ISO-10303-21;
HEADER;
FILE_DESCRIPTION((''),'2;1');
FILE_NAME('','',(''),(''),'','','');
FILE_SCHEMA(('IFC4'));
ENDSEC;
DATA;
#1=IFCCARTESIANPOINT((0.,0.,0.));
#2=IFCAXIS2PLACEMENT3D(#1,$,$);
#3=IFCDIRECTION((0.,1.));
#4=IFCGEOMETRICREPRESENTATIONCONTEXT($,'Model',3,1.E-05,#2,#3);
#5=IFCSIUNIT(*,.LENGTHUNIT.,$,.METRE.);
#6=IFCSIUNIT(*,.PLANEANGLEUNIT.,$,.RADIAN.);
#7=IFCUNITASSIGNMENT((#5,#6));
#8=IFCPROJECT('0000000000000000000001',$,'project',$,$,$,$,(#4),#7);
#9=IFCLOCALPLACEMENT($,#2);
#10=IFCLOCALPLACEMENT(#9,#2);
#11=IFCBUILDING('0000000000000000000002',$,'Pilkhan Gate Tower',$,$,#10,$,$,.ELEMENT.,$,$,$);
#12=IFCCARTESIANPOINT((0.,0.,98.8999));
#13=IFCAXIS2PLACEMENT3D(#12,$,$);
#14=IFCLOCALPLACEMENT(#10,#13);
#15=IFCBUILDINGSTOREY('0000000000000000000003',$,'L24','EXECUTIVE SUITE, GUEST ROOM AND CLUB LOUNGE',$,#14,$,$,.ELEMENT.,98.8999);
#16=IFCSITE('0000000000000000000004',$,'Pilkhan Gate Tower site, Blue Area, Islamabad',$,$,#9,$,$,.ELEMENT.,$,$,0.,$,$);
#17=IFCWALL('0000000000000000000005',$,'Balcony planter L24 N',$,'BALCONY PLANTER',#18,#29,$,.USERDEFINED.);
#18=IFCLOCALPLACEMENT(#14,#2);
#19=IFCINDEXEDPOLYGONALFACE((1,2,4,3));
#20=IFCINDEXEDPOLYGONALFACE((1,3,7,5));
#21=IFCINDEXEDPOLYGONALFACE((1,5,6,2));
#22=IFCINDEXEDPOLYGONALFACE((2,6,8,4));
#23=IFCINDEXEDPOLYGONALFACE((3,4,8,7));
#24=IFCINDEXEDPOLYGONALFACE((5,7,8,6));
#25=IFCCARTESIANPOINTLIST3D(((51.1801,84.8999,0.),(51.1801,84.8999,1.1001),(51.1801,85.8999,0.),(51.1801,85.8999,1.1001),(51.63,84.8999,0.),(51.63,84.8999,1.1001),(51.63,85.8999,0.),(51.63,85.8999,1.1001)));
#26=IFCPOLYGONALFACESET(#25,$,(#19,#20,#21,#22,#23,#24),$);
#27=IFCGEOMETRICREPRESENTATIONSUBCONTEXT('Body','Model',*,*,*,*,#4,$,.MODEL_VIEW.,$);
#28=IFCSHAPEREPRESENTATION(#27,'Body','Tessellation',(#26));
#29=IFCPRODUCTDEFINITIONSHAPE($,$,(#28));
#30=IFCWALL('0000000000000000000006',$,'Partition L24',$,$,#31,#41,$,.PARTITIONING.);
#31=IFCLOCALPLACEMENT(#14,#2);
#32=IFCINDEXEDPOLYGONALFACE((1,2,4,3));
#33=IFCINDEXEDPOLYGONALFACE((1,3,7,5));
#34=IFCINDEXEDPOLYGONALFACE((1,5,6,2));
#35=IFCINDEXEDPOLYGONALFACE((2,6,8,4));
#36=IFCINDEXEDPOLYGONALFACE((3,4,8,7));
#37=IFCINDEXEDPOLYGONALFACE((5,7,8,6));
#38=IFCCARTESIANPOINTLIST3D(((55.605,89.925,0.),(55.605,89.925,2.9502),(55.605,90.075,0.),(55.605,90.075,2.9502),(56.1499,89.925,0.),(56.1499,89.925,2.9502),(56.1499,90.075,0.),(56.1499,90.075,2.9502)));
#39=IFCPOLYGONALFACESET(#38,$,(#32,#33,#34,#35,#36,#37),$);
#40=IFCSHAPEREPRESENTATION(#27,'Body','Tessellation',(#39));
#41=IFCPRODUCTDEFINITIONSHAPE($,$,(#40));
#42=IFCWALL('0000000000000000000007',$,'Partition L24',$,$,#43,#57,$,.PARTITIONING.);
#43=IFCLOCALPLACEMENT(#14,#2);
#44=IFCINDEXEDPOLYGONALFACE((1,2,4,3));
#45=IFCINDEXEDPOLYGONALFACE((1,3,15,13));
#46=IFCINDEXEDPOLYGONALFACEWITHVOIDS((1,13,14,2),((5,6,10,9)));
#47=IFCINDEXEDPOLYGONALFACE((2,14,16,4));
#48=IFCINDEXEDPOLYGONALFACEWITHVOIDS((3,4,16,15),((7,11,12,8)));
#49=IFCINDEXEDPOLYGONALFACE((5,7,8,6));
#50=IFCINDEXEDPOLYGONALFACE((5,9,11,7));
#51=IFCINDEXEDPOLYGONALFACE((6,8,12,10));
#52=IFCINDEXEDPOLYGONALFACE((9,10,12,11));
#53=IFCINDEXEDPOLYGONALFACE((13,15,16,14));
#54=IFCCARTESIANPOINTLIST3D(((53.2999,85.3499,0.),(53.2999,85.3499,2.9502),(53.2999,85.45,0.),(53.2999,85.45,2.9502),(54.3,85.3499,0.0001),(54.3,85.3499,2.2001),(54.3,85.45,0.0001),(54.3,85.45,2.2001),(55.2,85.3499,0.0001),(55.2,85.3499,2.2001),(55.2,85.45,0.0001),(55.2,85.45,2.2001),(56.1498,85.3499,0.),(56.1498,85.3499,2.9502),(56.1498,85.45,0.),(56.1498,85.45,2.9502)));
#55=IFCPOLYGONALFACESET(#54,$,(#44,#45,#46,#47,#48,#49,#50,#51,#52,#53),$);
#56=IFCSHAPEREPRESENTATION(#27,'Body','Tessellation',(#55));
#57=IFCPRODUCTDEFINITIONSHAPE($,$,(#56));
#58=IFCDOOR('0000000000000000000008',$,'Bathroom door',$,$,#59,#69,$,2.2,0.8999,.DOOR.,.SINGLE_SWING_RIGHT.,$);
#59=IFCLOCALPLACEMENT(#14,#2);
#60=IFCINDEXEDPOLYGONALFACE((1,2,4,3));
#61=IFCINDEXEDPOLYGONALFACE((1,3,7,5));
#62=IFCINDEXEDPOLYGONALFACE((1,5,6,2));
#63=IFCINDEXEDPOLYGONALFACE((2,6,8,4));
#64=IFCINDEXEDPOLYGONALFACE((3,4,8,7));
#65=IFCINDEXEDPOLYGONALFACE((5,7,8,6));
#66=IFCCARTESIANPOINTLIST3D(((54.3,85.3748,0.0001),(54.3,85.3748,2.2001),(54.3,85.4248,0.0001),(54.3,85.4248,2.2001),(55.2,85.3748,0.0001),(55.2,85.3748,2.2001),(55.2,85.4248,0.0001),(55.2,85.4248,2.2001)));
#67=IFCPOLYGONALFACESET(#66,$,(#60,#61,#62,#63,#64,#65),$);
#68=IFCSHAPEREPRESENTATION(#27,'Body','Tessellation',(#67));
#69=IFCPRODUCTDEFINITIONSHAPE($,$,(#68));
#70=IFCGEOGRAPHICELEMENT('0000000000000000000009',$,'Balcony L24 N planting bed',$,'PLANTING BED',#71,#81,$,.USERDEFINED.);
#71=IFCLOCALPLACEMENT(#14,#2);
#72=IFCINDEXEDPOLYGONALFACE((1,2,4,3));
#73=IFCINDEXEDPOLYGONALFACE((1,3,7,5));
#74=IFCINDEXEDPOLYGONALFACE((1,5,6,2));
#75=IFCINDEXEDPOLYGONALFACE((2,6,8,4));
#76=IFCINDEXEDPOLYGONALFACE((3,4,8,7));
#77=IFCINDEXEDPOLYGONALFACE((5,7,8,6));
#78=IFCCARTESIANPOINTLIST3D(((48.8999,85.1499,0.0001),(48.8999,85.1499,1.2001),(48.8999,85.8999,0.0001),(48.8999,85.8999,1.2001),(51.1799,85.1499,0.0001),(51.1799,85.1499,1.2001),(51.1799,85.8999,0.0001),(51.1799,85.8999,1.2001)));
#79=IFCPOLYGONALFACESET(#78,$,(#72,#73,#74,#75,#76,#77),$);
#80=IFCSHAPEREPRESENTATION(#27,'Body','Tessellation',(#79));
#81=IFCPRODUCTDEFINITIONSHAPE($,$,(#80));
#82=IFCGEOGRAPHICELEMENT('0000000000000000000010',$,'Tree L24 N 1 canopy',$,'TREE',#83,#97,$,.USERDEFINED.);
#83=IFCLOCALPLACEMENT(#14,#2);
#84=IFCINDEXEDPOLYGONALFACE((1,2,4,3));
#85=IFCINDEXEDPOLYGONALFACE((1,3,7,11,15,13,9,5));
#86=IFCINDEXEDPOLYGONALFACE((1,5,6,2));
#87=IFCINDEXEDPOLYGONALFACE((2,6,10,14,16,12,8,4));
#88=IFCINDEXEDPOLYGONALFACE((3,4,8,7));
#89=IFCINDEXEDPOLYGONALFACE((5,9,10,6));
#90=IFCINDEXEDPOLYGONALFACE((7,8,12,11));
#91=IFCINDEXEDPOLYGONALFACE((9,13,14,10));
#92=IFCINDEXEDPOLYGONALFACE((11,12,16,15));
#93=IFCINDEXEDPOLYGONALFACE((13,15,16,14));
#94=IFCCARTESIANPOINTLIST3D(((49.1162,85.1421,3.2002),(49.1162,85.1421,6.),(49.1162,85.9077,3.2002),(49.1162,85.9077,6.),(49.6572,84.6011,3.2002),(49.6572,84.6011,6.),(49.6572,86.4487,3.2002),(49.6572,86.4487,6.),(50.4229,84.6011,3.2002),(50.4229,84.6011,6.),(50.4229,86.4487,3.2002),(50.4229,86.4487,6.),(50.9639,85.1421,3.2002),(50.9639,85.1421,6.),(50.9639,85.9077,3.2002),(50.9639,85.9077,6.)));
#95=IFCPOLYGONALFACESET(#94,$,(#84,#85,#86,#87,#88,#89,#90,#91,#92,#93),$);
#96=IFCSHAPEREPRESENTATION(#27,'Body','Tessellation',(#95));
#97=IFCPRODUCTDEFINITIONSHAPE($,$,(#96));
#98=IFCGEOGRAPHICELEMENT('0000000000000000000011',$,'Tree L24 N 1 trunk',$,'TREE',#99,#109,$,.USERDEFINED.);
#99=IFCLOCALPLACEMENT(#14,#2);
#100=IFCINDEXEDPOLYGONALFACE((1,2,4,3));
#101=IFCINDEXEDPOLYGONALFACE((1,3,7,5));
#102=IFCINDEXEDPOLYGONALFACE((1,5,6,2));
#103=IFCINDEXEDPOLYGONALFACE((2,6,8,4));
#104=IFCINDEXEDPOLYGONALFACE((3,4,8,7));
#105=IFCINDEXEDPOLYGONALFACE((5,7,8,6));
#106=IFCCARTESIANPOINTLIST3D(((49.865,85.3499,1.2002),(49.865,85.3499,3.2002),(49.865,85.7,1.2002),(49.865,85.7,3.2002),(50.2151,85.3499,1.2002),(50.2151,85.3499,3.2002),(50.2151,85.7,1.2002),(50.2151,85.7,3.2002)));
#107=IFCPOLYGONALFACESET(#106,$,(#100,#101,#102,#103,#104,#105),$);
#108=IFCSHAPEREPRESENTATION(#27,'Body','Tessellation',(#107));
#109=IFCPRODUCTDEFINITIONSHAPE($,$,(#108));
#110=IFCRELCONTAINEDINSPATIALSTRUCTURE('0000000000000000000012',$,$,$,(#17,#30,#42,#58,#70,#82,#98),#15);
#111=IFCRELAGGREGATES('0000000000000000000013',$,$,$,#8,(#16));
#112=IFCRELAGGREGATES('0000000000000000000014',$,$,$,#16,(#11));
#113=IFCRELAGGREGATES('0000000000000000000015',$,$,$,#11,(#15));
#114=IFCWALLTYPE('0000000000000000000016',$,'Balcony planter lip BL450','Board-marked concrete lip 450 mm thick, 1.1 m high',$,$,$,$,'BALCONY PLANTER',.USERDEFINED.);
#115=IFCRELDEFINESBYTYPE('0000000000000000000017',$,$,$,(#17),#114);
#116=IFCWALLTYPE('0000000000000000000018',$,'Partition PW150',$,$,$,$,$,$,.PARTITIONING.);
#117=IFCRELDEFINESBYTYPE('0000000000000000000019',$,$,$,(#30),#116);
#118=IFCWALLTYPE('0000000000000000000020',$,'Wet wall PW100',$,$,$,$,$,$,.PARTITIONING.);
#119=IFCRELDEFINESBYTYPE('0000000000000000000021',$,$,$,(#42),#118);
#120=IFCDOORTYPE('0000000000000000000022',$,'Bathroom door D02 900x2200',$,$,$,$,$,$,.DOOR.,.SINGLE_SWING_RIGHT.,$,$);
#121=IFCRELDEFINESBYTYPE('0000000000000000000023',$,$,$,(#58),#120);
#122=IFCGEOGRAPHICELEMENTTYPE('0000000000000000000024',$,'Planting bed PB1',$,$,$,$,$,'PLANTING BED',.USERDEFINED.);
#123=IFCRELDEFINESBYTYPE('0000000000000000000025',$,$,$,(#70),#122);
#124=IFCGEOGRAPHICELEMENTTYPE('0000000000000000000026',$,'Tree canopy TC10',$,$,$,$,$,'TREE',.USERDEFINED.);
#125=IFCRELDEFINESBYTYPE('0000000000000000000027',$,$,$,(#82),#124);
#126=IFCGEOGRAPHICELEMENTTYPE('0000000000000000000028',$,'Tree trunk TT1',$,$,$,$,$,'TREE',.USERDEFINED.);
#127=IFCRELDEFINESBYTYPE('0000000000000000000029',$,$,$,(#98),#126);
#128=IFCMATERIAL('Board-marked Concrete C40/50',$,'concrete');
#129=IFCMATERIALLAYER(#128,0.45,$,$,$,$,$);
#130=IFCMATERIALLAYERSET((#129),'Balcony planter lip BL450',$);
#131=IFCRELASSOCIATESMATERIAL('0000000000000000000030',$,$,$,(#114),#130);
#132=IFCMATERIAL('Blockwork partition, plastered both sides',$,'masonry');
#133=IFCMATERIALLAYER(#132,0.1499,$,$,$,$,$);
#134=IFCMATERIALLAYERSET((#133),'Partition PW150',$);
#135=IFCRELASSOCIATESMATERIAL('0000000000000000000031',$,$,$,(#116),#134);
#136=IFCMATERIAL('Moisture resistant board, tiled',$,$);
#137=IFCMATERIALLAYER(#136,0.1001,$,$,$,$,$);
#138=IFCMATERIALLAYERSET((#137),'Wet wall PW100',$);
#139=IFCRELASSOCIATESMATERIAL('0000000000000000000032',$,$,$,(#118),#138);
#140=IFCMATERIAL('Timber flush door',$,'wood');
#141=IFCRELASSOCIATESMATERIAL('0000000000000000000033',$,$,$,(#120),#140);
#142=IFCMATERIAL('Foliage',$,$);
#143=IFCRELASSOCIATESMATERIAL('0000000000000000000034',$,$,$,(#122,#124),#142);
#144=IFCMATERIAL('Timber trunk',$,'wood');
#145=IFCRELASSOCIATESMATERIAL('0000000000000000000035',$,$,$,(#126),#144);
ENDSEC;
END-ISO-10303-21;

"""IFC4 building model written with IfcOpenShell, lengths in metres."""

from ifc_helpers import new_model, si_unit, direction, frame, frame_2d, origin, origin_2d, place, context, subcontext, project, spatial, polyline, rectangle, outline, extrude, material, layer, layer_set, material_profile, profile_set, type_object, element, fill, save


model = new_model("IFC4")

# Units and contexts
model_context = context("Model", 3, precision=1e-05, world=origin(), true_north=direction((0.0, 1.0)))
body_context = subcontext(model_context, "Body", "Model", "MODEL_VIEW")
ifc_project = project(units=[si_unit("LENGTHUNIT", "METRE"), si_unit("PLANEANGLEUNIT", "RADIAN")], contexts=[model_context])

# Site, building, storey
site_placement = place(None, origin())
site = spatial("IfcSite", under=ifc_project, at=site_placement, Name="Pilkhan Gate Tower site, Blue Area, Islamabad", CompositionType="ELEMENT", RefElevation=0.0)
building_placement = place(site_placement, origin())
building = spatial("IfcBuilding", under=site, at=building_placement, Name="Pilkhan Gate Tower", CompositionType="ELEMENT")
storey_placement = place(building_placement, frame((0.0, 0.0, 98.8999)))
storey = spatial("IfcBuildingStorey", under=building, at=storey_placement, Name="L24", Description="EXECUTIVE SUITE, GUEST ROOM AND CLUB LOUNGE", CompositionType="ELEMENT", Elevation=98.8999)

# Wall
ifc_material_1 = material(Name="Board-marked Concrete C40/50", Category="concrete")
ifc_layer_1 = layer(ifc_material_1, 0.45)
ifc_layer_set_1 = layer_set([ifc_layer_1], Name="Balcony planter lip BL450")
wall_type_1 = type_object("IfcWallType", Name="Balcony planter lip BL450", Description="Board-marked concrete lip 450 mm thick, 1.1 m high", ElementType="BALCONY PLANTER", PredefinedType="USERDEFINED", material=ifc_layer_set_1)
for number, where, z_axis, x_axis, name in (
    (1, (51.405, 84.8999, 0.0), (0.0, 0.0, 1.0), (0.0, 1.0, 0.0), "Balcony planter L24 N"),
):
    element("IfcWall", number, at=place(storey_placement, frame(where, z_axis=z_axis, x_axis=x_axis)), inside=storey, type_object=wall_type_1, Name=name, ObjectType="BALCONY PLANTER", PredefinedType="USERDEFINED", context=body_context, shape_type="SweptSolid", body=[
        extrude(rectangle(XDim=1.0, YDim=0.45, at=frame_2d((0.5, 0.0))), origin(), (0.0, 0.0, 1.0), 1.1001),
    ])

# Wall
ifc_material_2 = material(Name="Blockwork partition, plastered both sides", Category="masonry")
ifc_layer_2 = layer(ifc_material_2, 0.1499)
ifc_layer_set_2 = layer_set([ifc_layer_2], Name="Partition PW150")
wall_type_2 = type_object("IfcWallType", Name="Partition PW150", PredefinedType="PARTITIONING", material=ifc_layer_set_2)
wall_1_placement = place(storey_placement, frame((55.605, 90.0, 0.0), z_axis=(0.0, 0.0, 1.0), x_axis=(1.0, 0.0, 0.0)))
element("IfcWall", 2, at=wall_1_placement, inside=storey, type_object=wall_type_2, Name="Partition L24", PredefinedType="PARTITIONING", context=body_context, shape_type="SweptSolid", body=[
    extrude(rectangle(XDim=0.5449, YDim=0.1499, at=frame_2d((0.2725, 0.0))), origin(), (0.0, 0.0, 1.0), 2.9502),
])

# Wall, opening, door
ifc_material_3 = material(Name="Moisture resistant board, tiled")
ifc_layer_3 = layer(ifc_material_3, 0.1001)
ifc_layer_set_3 = layer_set([ifc_layer_3], Name="Wet wall PW100")
wall_type_3 = type_object("IfcWallType", Name="Wet wall PW100", PredefinedType="PARTITIONING", material=ifc_layer_set_3)
wall_2_placement = place(storey_placement, frame((53.3, 85.3999, 0.0), z_axis=(0.0, 0.0, 1.0), x_axis=(1.0, 0.0, 0.0)))
wall_2 = element("IfcWall", 3, at=wall_2_placement, inside=storey, type_object=wall_type_3, Name="Partition L24", PredefinedType="PARTITIONING", context=body_context, shape_type="SweptSolid", body=[
    extrude(rectangle(XDim=2.8499, YDim=0.1001, at=frame_2d((1.4248, 0.0))), origin(), (0.0, 0.0, 1.0), 2.9502),
])
opening_1_placement = place(wall_2_placement, frame((1.0, 0.0, 0.0)))
opening_1 = element("IfcOpeningElement", 4, at=opening_1_placement, cuts=wall_2, PredefinedType="OPENING", context=body_context, shape_type="SweptSolid", body=[
    extrude(rectangle(XDim=0.8999, YDim=2.2, at=frame_2d((0.45, 1.1001))), frame((0.0, 0.0601, 0.0), z_axis=(0.0, -1.0, 0.0), x_axis=(1.0, 0.0, 0.0)), (0.0, 0.0, 1.0), 0.1201),
])
ifc_material_4 = material(Name="Timber flush door", Category="wood")
door_type_1 = type_object("IfcDoorType", Name="Bathroom door D02 900x2200", OperationType="SINGLE_SWING_RIGHT", PredefinedType="DOOR", material=ifc_material_4)
door_1_placement = place(opening_1_placement, origin())
door_1 = element("IfcDoor", 5, at=door_1_placement, inside=storey, type_object=door_type_1, Name="Bathroom door", OperationType="SINGLE_SWING_RIGHT", OverallHeight=2.2, OverallWidth=0.8999, PredefinedType="DOOR", context=body_context, shape_type="SweptSolid", body=[
    extrude(rectangle(XDim=0.8999, YDim=2.2, at=frame_2d((0.45, 1.1001))), frame((0.0, 0.0249, 0.0), z_axis=(0.0, -1.0, 0.0), x_axis=(1.0, 0.0, 0.0)), (0.0, 0.0, 1.0), 0.05),
])
fill(opening_1, door_1)

# Geographic elements
ifc_material_5 = material(Name="Foliage")
ifc_material_profile_1 = material_profile(ifc_material_5, rectangle(XDim=0.75, YDim=1.2, at=origin_2d()), Name="Bed 750x1200")
ifc_profile_set_1 = profile_set([ifc_material_profile_1], Name="Foliage")
geographic_element_type_1 = type_object("IfcGeographicElementType", Name="Planting bed PB1", ElementType="PLANTING BED", PredefinedType="USERDEFINED", material=ifc_profile_set_1)
geographic_element_1_placement = place(storey_placement, frame((48.8999, 85.5249, 0.6001), z_axis=(1.0, 0.0, 0.0), x_axis=(0.0, 1.0, 0.0)))
element("IfcGeographicElement", 6, at=geographic_element_1_placement, inside=storey, type_object=geographic_element_type_1, Name="Balcony L24 N planting bed", ObjectType="PLANTING BED", PredefinedType="USERDEFINED", context=body_context, shape_type="SweptSolid", body=[
    extrude(rectangle(XDim=0.75, YDim=1.2, at=origin_2d()), origin(), (0.0, 0.0, 1.0), 2.28),
])
ifc_material_profile_2 = material_profile(ifc_material_5, outline(polyline([(0.9238, 0.3828), (0.3828, 0.9238), (-0.3828, 0.9238), (-0.9238, 0.3828), (-0.9238, -0.3828), (-0.3828, -0.9238), (0.3828, -0.9238), (0.9238, -0.3828), (0.9238, 0.3828)])), Name="Canopy D2.0")
ifc_profile_set_2 = profile_set([ifc_material_profile_2], Name="Foliage")
geographic_element_type_2 = type_object("IfcGeographicElementType", Name="Tree canopy TC10", ElementType="TREE", PredefinedType="USERDEFINED", material=ifc_profile_set_2)
geographic_element_2_placement = place(storey_placement, frame((50.04, 85.5249, 3.2002), z_axis=(0.0, 0.0, 1.0), x_axis=(1.0, 0.0, 0.0)))
element("IfcGeographicElement", 7, at=geographic_element_2_placement, inside=storey, type_object=geographic_element_type_2, Name="Tree L24 N 1 canopy", ObjectType="TREE", PredefinedType="USERDEFINED", context=body_context, shape_type="SweptSolid", body=[
    extrude(outline(polyline([(0.9238, 0.3828), (0.3828, 0.9238), (-0.3828, 0.9238), (-0.9238, 0.3828), (-0.9238, -0.3828), (-0.3828, -0.9238), (0.3828, -0.9238), (0.9238, -0.3828), (0.9238, 0.3828)])), origin(), (0.0, 0.0, 1.0), 2.7998),
])
ifc_material_6 = material(Name="Timber trunk", Category="wood")
geographic_element_type_3 = type_object("IfcGeographicElementType", Name="Tree trunk TT1", ElementType="TREE", PredefinedType="USERDEFINED", material=ifc_material_6)
geographic_element_3_placement = place(storey_placement, frame((50.04, 85.5249, 1.2002), z_axis=(0.0, 0.0, 1.0), x_axis=(1.0, 0.0, 0.0)))
element("IfcGeographicElement", 8, at=geographic_element_3_placement, inside=storey, type_object=geographic_element_type_3, Name="Tree L24 N 1 trunk", ObjectType="TREE", PredefinedType="USERDEFINED", context=body_context, shape_type="SweptSolid", body=[
    extrude(rectangle(XDim=0.3501, YDim=0.3501, at=origin_2d()), origin(), (0.0, 0.0, 1.0), 2.0),
])

save(model, "model.ifc")
